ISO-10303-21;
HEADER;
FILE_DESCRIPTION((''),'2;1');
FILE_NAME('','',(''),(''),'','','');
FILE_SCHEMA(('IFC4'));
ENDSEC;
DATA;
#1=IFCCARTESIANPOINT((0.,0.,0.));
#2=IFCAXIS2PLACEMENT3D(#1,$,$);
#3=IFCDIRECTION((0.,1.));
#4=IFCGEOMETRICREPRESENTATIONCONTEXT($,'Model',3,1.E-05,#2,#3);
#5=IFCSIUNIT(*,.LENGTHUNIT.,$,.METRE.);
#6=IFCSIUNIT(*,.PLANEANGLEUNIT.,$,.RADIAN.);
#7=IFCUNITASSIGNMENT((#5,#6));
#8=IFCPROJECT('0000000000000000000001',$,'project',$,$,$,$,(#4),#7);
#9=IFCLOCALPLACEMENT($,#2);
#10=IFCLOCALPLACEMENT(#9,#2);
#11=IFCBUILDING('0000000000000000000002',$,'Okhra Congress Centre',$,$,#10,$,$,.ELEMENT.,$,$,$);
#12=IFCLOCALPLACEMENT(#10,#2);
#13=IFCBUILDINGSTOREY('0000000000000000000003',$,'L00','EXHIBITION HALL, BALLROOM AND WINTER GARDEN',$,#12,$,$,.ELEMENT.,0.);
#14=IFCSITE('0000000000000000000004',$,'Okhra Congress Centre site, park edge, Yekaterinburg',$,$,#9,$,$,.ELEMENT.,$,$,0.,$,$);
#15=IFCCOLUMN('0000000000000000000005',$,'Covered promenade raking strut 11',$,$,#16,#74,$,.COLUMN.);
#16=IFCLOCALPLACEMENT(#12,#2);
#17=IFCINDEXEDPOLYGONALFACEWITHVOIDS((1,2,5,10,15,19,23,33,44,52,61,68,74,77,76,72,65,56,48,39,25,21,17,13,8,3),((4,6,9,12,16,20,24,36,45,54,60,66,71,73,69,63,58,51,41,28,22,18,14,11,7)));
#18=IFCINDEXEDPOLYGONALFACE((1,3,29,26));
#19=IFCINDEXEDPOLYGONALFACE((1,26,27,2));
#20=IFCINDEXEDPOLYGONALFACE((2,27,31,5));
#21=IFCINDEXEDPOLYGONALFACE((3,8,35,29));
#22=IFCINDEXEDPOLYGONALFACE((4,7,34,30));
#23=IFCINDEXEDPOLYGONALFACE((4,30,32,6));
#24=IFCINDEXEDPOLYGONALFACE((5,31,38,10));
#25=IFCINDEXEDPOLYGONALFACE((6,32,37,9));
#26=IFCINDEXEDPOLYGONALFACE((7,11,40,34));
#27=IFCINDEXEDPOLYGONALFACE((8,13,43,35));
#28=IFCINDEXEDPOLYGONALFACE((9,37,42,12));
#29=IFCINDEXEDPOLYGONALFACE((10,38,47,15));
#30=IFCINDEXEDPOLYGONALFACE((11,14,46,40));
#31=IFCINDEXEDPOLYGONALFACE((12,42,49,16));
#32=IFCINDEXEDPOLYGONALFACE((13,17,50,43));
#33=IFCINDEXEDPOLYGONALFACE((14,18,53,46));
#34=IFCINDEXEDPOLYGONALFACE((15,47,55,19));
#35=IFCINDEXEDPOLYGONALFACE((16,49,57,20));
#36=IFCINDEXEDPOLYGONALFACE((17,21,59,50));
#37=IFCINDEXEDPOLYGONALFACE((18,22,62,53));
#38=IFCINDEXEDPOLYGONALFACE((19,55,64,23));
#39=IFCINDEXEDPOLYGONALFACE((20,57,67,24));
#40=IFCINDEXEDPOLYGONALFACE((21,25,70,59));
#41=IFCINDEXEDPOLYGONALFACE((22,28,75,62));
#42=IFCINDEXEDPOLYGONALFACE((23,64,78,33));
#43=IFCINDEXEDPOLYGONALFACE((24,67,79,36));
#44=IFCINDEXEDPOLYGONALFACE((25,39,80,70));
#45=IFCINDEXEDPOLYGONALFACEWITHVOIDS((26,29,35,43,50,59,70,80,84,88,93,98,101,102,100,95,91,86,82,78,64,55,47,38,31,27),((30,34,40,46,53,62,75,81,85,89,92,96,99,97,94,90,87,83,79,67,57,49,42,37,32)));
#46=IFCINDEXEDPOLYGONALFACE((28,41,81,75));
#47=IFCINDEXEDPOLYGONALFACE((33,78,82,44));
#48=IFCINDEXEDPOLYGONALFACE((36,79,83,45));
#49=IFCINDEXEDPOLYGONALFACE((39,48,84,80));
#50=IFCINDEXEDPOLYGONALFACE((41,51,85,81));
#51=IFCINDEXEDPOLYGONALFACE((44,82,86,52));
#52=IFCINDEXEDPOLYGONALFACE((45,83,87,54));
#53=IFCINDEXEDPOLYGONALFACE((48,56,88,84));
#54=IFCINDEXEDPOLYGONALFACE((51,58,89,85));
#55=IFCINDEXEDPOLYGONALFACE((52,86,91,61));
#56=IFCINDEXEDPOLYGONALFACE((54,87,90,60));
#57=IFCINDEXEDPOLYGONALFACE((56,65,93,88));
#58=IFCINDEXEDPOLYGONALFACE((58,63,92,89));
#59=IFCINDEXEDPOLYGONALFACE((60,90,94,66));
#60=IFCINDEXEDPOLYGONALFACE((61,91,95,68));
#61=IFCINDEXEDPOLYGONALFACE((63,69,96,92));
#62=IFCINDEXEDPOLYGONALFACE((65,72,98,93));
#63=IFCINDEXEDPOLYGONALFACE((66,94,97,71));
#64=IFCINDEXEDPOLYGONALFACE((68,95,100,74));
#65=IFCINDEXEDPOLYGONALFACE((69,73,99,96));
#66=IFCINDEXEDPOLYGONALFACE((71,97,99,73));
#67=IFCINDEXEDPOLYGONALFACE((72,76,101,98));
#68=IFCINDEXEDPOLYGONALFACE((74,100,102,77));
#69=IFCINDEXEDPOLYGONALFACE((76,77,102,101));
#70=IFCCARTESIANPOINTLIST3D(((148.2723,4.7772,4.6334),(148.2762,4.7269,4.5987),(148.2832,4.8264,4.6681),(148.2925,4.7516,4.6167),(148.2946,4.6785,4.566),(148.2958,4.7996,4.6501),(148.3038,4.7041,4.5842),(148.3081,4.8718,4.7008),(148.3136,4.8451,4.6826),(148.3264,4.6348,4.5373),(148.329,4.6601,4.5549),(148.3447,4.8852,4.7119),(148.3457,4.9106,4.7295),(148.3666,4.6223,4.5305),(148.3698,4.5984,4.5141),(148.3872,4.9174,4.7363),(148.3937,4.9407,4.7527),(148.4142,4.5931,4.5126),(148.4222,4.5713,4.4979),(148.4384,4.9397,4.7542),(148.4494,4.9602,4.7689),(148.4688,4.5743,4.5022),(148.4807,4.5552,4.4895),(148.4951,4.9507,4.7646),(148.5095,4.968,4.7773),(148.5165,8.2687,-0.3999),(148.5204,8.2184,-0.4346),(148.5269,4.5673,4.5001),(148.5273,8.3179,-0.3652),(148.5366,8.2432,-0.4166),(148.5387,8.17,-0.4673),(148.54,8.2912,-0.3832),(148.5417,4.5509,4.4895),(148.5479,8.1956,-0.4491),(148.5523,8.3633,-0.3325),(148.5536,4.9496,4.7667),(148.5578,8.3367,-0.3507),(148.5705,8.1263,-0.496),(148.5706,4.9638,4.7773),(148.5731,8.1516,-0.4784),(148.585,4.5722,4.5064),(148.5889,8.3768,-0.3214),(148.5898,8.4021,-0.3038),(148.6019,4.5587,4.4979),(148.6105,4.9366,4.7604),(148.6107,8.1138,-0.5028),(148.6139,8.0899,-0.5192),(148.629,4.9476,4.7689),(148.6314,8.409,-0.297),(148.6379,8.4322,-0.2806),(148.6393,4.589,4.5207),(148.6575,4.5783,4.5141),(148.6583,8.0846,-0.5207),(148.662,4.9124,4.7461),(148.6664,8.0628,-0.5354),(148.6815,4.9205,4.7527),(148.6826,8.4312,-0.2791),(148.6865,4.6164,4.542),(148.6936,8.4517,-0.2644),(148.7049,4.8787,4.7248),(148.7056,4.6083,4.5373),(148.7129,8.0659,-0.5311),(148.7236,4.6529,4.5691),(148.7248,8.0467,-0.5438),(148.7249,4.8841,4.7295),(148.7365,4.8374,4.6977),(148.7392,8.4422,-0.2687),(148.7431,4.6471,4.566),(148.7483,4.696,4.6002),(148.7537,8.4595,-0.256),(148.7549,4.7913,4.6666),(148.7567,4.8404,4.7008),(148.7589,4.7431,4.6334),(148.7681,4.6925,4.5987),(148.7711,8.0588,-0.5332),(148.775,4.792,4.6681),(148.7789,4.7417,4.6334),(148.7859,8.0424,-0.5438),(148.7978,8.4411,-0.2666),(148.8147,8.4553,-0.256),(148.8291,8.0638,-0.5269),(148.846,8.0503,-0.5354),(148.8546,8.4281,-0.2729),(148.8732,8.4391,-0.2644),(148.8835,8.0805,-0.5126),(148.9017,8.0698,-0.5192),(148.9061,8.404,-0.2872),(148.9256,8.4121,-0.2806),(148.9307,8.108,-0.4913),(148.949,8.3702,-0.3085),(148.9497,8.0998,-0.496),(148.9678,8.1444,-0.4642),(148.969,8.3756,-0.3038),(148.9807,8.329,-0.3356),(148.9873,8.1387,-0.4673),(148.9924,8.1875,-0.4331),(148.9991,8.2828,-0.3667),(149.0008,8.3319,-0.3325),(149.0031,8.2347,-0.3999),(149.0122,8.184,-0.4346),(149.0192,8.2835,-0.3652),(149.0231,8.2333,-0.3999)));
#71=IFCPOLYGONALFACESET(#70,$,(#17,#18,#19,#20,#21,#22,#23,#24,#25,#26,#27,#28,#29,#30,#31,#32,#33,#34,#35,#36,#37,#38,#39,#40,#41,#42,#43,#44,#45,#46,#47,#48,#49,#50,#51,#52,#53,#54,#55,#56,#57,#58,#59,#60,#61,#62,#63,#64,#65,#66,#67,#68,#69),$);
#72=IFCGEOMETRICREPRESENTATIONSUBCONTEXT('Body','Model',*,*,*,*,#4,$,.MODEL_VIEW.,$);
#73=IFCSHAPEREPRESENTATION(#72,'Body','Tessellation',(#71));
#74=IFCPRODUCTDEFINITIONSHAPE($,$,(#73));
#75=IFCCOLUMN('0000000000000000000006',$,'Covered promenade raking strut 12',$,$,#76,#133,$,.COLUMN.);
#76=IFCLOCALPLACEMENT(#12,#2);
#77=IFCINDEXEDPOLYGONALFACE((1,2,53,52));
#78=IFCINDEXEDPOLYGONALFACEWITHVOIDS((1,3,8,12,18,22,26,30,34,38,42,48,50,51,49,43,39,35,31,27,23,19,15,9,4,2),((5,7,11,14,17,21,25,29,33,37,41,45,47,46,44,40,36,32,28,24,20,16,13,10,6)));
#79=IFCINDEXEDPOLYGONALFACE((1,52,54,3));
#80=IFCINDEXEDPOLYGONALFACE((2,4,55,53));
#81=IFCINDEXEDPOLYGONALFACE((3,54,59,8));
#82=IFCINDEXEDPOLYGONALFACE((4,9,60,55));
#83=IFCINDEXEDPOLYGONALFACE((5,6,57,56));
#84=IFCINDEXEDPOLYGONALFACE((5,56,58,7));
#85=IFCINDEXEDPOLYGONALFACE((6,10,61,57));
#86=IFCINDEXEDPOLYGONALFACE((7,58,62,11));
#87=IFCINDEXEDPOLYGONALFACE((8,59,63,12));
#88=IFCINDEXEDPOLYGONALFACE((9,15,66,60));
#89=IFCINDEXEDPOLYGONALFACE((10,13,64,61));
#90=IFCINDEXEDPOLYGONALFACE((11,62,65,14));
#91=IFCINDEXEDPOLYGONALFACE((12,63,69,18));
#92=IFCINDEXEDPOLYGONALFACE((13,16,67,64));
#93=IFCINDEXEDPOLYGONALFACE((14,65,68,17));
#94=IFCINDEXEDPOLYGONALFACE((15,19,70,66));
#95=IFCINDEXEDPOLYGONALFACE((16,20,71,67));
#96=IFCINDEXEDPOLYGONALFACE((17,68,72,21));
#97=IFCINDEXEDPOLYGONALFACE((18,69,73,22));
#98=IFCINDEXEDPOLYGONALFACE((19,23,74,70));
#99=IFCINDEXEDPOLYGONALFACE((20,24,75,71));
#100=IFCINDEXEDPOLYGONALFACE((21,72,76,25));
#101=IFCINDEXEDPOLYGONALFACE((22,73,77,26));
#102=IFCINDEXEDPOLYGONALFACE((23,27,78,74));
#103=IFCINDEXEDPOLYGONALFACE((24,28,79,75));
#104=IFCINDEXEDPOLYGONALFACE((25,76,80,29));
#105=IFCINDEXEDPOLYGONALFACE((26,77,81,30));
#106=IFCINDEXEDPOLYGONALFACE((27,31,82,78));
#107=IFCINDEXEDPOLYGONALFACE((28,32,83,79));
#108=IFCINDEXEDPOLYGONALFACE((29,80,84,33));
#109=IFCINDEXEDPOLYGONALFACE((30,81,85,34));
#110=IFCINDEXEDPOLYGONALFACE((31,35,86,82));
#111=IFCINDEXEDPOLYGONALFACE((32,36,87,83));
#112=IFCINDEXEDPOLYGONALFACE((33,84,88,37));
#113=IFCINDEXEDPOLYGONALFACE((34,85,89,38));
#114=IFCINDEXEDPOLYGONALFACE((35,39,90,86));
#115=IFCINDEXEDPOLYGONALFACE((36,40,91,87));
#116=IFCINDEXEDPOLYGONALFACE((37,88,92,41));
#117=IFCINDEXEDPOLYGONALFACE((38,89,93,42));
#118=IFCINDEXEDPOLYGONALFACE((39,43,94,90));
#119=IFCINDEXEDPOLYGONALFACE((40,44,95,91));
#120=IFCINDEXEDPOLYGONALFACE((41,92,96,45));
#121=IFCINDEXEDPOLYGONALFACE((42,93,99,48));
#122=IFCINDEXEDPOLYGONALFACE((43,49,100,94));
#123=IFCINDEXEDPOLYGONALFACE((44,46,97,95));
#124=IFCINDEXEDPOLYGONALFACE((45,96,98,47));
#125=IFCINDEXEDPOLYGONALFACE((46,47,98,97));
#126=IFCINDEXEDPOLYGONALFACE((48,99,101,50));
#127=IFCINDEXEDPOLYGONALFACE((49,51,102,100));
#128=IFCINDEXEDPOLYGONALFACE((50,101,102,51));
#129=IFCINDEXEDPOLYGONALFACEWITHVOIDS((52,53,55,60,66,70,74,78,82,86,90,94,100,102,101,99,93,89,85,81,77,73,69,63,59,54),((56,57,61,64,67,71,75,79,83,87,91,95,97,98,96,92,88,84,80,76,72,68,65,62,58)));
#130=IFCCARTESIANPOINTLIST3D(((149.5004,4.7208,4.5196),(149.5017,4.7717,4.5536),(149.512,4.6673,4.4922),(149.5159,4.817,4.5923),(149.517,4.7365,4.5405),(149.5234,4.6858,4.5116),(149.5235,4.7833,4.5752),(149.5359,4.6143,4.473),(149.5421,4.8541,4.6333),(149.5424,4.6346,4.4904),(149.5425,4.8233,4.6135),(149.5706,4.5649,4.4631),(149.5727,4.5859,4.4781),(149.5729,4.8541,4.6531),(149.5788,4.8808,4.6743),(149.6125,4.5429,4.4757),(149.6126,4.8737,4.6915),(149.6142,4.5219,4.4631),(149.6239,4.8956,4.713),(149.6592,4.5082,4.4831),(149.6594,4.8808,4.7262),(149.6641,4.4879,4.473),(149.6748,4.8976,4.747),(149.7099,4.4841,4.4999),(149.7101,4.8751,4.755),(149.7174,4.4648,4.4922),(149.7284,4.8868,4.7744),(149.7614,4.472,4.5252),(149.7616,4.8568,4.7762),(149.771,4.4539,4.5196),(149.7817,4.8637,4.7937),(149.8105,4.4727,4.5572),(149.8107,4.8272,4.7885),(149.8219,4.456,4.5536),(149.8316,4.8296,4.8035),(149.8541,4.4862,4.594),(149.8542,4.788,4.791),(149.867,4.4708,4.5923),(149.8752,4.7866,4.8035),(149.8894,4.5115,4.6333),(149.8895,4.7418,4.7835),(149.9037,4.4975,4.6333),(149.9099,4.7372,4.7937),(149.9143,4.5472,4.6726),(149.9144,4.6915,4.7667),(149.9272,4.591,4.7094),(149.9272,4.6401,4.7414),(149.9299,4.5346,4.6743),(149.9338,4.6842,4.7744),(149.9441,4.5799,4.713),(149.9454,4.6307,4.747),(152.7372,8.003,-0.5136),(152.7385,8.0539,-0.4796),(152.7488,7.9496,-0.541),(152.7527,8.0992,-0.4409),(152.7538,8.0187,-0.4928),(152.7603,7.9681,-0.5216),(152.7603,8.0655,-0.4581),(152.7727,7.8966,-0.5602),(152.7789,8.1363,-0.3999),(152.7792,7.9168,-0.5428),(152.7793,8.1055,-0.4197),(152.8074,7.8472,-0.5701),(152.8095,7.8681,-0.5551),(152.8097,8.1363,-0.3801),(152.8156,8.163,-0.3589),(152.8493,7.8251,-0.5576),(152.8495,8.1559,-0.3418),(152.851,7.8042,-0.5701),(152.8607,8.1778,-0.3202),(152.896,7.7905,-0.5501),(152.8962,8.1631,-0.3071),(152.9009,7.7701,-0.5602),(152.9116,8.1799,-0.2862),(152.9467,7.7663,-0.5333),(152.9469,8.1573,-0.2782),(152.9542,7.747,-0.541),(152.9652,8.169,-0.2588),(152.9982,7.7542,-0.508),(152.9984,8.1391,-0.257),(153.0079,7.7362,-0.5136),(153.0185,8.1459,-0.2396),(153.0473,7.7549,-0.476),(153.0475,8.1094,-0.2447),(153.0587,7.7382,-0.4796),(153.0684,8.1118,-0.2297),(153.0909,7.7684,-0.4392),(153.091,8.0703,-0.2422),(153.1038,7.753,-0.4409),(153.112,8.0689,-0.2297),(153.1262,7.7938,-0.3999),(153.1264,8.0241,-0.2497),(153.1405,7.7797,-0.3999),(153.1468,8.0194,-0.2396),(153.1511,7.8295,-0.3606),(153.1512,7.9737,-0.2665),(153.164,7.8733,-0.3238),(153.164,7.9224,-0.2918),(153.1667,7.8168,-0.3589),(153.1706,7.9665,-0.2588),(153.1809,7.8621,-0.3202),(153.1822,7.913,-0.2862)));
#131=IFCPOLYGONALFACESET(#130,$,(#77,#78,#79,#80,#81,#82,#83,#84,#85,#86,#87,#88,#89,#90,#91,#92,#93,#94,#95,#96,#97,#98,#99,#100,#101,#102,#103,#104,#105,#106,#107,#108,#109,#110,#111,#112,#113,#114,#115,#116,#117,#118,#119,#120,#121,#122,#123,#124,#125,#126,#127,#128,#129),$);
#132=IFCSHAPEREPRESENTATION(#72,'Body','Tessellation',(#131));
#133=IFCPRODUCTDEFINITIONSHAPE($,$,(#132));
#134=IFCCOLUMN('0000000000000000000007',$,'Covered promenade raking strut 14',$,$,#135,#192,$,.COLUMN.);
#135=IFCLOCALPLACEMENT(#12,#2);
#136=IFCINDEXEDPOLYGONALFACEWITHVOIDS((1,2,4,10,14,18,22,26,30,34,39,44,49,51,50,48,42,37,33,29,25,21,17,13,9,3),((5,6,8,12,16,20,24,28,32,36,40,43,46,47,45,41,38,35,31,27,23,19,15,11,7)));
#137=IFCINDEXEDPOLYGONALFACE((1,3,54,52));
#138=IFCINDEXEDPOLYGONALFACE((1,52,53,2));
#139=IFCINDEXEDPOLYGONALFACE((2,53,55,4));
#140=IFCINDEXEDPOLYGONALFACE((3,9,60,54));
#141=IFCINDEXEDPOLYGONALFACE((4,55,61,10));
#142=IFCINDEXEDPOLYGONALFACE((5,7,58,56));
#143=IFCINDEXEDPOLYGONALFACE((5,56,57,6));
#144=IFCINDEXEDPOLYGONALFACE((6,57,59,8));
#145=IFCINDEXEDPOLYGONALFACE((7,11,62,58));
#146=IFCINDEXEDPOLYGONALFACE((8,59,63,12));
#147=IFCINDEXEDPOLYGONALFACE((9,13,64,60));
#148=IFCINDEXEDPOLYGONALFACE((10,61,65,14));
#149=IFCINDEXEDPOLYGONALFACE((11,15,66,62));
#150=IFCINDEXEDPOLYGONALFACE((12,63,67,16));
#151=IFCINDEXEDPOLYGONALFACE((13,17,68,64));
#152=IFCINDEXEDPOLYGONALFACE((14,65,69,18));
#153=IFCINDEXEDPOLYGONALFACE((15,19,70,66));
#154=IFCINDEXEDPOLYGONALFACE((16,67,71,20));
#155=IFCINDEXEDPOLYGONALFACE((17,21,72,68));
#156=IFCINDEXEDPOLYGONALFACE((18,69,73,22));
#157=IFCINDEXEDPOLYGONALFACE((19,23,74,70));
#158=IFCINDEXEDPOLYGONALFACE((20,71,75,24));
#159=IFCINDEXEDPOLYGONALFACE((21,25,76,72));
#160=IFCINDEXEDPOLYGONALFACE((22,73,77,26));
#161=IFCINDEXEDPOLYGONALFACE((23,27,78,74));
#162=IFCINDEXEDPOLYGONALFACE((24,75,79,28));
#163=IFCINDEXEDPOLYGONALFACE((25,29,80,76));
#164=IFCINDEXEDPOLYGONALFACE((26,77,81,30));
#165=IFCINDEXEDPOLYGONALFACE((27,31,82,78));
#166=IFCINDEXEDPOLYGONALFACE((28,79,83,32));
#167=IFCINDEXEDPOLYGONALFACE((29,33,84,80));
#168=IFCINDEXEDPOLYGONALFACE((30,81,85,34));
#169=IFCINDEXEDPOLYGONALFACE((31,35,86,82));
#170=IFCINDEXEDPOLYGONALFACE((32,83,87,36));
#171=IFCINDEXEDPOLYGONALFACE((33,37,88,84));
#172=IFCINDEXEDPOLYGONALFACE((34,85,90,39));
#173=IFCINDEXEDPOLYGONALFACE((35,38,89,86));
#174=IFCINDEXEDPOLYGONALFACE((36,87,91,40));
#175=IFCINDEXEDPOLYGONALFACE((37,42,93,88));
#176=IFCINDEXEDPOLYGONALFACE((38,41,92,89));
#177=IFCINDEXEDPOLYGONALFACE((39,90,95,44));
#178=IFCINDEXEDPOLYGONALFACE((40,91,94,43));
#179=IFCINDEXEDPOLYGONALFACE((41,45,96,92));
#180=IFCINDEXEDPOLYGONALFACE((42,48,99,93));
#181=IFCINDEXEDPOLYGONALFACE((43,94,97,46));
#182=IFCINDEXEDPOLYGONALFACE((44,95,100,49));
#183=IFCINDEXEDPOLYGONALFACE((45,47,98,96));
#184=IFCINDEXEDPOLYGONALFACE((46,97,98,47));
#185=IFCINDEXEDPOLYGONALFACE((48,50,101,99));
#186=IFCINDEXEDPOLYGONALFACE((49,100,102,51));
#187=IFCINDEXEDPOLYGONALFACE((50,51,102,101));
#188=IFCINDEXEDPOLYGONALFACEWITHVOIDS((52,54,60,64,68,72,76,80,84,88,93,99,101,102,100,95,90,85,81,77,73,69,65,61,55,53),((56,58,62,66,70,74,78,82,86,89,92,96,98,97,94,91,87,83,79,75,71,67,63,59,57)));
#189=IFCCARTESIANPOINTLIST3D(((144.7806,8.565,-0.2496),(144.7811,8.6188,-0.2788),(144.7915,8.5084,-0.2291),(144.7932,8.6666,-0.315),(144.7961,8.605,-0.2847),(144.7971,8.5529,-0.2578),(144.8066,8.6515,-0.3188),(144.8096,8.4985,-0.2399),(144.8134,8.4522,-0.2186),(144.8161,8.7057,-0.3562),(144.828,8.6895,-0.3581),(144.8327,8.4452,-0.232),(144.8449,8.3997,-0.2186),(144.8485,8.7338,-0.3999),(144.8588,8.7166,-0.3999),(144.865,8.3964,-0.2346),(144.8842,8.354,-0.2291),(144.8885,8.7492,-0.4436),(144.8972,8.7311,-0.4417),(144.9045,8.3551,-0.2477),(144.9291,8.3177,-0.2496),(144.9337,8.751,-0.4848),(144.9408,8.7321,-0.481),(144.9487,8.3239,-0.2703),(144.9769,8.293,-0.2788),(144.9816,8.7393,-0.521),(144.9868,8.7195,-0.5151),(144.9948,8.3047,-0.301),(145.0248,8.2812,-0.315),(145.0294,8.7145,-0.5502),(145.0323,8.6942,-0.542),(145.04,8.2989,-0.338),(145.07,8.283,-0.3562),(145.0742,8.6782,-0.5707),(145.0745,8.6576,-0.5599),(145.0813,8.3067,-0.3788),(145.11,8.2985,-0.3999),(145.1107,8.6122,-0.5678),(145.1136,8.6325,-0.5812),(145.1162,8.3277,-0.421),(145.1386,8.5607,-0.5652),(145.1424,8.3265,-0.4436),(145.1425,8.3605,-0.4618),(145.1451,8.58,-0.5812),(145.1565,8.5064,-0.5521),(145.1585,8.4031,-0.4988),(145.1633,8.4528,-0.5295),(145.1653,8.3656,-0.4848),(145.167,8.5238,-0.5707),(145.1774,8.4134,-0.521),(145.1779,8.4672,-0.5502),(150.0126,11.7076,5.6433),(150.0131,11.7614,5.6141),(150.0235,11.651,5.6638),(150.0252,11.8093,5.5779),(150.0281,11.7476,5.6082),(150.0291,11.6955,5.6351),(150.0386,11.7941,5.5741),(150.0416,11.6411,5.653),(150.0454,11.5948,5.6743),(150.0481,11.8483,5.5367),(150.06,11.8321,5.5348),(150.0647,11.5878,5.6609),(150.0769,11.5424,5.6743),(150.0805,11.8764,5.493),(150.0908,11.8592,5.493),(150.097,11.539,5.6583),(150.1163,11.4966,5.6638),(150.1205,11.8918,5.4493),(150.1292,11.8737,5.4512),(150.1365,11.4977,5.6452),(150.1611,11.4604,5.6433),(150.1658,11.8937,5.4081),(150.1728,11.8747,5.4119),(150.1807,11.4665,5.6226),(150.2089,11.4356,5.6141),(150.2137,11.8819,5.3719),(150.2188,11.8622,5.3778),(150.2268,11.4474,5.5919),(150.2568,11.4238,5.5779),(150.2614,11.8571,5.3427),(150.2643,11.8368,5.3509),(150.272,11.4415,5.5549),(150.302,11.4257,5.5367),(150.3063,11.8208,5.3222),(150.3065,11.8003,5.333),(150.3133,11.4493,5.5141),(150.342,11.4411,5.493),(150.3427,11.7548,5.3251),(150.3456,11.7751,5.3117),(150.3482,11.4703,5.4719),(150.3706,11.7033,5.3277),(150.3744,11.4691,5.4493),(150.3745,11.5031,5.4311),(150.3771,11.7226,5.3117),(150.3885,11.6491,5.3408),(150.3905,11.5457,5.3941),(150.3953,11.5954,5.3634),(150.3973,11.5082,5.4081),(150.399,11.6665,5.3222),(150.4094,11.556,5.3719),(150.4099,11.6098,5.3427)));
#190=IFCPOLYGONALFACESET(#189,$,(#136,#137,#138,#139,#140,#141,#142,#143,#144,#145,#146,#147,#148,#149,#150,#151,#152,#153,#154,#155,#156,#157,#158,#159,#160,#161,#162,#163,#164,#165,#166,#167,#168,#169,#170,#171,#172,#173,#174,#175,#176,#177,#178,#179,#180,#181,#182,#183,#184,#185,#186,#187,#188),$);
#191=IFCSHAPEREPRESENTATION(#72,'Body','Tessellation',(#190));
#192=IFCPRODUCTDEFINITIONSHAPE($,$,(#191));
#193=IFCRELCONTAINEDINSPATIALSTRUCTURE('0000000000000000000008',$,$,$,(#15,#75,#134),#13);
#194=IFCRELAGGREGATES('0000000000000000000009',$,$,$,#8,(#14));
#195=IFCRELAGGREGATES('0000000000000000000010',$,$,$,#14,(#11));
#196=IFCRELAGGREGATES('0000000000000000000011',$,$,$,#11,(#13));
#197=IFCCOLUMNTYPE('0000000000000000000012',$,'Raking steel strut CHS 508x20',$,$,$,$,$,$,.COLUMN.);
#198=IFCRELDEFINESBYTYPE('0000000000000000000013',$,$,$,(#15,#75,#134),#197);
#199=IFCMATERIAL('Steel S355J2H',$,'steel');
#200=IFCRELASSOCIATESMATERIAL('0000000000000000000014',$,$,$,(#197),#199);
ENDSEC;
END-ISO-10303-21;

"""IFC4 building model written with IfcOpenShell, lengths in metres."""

from ifc_helpers import new_model, si_unit, direction, frame, origin, origin_2d, place, context, subcontext, project, spatial, hollow_circle, extrude, material, material_profile, profile_set, type_object, element, save


model = new_model("IFC4")

# Units and contexts
model_context = context("Model", 3, precision=1e-05, world=origin(), true_north=direction((0.0, 1.0)))
body_context = subcontext(model_context, "Body", "Model", "MODEL_VIEW")
ifc_project = project(units=[si_unit("LENGTHUNIT", "METRE"), si_unit("PLANEANGLEUNIT", "RADIAN")], contexts=[model_context])

# Site, building, storey
site_placement = place(None, origin())
site = spatial("IfcSite", under=ifc_project, at=site_placement, Name="Okhra Congress Centre site, park edge, Yekaterinburg", CompositionType="ELEMENT", RefElevation=0.0)
building_placement = place(site_placement, origin())
building = spatial("IfcBuilding", under=site, at=building_placement, Name="Okhra Congress Centre", CompositionType="ELEMENT")
storey_placement = place(building_placement, origin())
storey = spatial("IfcBuildingStorey", under=building, at=storey_placement, Name="L00", Description="EXHIBITION HALL, BALLROOM AND WINTER GARDEN", CompositionType="ELEMENT", Elevation=0.0)

# Columns
ifc_material_1 = material(Name="Steel S355J2H", Category="steel")
ifc_material_profile_1 = material_profile(ifc_material_1, hollow_circle(Radius=0.2539, WallThickness=0.02, at=origin_2d()), Name="CHS 508x20")
ifc_profile_set_1 = profile_set([ifc_material_profile_1], Name="Steel S355J2H")
column_type = type_object("IfcColumnType", Name="Raking steel strut CHS 508x20", PredefinedType="COLUMN", material=ifc_profile_set_1)
column_1_placement = place(storey_placement, frame((148.7698, 8.251, -0.3999), z_axis=(-0.039824, -0.569522, 0.821011), x_axis=(0.997564, -0.069755, 0.0)))
element("IfcColumn", 1, at=column_1_placement, inside=storey, type_object=column_type, Name="Covered promenade raking strut 11", PredefinedType="COLUMN", context=body_context, shape_type="SweptSolid", body=[
    extrude(hollow_circle(Radius=0.2539, WallThickness=0.02, at=origin_2d()), origin(), (0.0, 0.0, 1.0), 6.1306),
])
column_2_placement = place(storey_placement, frame((152.9597, 7.958, -0.3999), z_axis=(-0.474246, -0.480899, 0.737446), x_axis=(0.712015, -0.702164, 0.0)))
element("IfcColumn", 2, at=column_2_placement, inside=storey, type_object=column_type, Name="Covered promenade raking strut 12", PredefinedType="COLUMN", context=body_context, shape_type="SweptSolid", body=[
    extrude(hollow_circle(Radius=0.2539, WallThickness=0.02, at=origin_2d()), origin(), (0.0, 0.0, 1.0), 6.8252),
])
column_3_placement = place(storey_placement, frame((144.9792, 8.5161, -0.3999), z_axis=(0.616699, 0.370423, 0.6946), x_axis=(-0.514907, 0.857246, 0.0)))
element("IfcColumn", 3, at=column_3_placement, inside=storey, type_object=column_type, Name="Covered promenade raking strut 14", PredefinedType="COLUMN", context=body_context, shape_type="SweptSolid", body=[
    extrude(hollow_circle(Radius=0.2539, WallThickness=0.02, at=origin_2d()), origin(), (0.0, 0.0, 1.0), 8.4839),
])

save(model, "model.ifc")
